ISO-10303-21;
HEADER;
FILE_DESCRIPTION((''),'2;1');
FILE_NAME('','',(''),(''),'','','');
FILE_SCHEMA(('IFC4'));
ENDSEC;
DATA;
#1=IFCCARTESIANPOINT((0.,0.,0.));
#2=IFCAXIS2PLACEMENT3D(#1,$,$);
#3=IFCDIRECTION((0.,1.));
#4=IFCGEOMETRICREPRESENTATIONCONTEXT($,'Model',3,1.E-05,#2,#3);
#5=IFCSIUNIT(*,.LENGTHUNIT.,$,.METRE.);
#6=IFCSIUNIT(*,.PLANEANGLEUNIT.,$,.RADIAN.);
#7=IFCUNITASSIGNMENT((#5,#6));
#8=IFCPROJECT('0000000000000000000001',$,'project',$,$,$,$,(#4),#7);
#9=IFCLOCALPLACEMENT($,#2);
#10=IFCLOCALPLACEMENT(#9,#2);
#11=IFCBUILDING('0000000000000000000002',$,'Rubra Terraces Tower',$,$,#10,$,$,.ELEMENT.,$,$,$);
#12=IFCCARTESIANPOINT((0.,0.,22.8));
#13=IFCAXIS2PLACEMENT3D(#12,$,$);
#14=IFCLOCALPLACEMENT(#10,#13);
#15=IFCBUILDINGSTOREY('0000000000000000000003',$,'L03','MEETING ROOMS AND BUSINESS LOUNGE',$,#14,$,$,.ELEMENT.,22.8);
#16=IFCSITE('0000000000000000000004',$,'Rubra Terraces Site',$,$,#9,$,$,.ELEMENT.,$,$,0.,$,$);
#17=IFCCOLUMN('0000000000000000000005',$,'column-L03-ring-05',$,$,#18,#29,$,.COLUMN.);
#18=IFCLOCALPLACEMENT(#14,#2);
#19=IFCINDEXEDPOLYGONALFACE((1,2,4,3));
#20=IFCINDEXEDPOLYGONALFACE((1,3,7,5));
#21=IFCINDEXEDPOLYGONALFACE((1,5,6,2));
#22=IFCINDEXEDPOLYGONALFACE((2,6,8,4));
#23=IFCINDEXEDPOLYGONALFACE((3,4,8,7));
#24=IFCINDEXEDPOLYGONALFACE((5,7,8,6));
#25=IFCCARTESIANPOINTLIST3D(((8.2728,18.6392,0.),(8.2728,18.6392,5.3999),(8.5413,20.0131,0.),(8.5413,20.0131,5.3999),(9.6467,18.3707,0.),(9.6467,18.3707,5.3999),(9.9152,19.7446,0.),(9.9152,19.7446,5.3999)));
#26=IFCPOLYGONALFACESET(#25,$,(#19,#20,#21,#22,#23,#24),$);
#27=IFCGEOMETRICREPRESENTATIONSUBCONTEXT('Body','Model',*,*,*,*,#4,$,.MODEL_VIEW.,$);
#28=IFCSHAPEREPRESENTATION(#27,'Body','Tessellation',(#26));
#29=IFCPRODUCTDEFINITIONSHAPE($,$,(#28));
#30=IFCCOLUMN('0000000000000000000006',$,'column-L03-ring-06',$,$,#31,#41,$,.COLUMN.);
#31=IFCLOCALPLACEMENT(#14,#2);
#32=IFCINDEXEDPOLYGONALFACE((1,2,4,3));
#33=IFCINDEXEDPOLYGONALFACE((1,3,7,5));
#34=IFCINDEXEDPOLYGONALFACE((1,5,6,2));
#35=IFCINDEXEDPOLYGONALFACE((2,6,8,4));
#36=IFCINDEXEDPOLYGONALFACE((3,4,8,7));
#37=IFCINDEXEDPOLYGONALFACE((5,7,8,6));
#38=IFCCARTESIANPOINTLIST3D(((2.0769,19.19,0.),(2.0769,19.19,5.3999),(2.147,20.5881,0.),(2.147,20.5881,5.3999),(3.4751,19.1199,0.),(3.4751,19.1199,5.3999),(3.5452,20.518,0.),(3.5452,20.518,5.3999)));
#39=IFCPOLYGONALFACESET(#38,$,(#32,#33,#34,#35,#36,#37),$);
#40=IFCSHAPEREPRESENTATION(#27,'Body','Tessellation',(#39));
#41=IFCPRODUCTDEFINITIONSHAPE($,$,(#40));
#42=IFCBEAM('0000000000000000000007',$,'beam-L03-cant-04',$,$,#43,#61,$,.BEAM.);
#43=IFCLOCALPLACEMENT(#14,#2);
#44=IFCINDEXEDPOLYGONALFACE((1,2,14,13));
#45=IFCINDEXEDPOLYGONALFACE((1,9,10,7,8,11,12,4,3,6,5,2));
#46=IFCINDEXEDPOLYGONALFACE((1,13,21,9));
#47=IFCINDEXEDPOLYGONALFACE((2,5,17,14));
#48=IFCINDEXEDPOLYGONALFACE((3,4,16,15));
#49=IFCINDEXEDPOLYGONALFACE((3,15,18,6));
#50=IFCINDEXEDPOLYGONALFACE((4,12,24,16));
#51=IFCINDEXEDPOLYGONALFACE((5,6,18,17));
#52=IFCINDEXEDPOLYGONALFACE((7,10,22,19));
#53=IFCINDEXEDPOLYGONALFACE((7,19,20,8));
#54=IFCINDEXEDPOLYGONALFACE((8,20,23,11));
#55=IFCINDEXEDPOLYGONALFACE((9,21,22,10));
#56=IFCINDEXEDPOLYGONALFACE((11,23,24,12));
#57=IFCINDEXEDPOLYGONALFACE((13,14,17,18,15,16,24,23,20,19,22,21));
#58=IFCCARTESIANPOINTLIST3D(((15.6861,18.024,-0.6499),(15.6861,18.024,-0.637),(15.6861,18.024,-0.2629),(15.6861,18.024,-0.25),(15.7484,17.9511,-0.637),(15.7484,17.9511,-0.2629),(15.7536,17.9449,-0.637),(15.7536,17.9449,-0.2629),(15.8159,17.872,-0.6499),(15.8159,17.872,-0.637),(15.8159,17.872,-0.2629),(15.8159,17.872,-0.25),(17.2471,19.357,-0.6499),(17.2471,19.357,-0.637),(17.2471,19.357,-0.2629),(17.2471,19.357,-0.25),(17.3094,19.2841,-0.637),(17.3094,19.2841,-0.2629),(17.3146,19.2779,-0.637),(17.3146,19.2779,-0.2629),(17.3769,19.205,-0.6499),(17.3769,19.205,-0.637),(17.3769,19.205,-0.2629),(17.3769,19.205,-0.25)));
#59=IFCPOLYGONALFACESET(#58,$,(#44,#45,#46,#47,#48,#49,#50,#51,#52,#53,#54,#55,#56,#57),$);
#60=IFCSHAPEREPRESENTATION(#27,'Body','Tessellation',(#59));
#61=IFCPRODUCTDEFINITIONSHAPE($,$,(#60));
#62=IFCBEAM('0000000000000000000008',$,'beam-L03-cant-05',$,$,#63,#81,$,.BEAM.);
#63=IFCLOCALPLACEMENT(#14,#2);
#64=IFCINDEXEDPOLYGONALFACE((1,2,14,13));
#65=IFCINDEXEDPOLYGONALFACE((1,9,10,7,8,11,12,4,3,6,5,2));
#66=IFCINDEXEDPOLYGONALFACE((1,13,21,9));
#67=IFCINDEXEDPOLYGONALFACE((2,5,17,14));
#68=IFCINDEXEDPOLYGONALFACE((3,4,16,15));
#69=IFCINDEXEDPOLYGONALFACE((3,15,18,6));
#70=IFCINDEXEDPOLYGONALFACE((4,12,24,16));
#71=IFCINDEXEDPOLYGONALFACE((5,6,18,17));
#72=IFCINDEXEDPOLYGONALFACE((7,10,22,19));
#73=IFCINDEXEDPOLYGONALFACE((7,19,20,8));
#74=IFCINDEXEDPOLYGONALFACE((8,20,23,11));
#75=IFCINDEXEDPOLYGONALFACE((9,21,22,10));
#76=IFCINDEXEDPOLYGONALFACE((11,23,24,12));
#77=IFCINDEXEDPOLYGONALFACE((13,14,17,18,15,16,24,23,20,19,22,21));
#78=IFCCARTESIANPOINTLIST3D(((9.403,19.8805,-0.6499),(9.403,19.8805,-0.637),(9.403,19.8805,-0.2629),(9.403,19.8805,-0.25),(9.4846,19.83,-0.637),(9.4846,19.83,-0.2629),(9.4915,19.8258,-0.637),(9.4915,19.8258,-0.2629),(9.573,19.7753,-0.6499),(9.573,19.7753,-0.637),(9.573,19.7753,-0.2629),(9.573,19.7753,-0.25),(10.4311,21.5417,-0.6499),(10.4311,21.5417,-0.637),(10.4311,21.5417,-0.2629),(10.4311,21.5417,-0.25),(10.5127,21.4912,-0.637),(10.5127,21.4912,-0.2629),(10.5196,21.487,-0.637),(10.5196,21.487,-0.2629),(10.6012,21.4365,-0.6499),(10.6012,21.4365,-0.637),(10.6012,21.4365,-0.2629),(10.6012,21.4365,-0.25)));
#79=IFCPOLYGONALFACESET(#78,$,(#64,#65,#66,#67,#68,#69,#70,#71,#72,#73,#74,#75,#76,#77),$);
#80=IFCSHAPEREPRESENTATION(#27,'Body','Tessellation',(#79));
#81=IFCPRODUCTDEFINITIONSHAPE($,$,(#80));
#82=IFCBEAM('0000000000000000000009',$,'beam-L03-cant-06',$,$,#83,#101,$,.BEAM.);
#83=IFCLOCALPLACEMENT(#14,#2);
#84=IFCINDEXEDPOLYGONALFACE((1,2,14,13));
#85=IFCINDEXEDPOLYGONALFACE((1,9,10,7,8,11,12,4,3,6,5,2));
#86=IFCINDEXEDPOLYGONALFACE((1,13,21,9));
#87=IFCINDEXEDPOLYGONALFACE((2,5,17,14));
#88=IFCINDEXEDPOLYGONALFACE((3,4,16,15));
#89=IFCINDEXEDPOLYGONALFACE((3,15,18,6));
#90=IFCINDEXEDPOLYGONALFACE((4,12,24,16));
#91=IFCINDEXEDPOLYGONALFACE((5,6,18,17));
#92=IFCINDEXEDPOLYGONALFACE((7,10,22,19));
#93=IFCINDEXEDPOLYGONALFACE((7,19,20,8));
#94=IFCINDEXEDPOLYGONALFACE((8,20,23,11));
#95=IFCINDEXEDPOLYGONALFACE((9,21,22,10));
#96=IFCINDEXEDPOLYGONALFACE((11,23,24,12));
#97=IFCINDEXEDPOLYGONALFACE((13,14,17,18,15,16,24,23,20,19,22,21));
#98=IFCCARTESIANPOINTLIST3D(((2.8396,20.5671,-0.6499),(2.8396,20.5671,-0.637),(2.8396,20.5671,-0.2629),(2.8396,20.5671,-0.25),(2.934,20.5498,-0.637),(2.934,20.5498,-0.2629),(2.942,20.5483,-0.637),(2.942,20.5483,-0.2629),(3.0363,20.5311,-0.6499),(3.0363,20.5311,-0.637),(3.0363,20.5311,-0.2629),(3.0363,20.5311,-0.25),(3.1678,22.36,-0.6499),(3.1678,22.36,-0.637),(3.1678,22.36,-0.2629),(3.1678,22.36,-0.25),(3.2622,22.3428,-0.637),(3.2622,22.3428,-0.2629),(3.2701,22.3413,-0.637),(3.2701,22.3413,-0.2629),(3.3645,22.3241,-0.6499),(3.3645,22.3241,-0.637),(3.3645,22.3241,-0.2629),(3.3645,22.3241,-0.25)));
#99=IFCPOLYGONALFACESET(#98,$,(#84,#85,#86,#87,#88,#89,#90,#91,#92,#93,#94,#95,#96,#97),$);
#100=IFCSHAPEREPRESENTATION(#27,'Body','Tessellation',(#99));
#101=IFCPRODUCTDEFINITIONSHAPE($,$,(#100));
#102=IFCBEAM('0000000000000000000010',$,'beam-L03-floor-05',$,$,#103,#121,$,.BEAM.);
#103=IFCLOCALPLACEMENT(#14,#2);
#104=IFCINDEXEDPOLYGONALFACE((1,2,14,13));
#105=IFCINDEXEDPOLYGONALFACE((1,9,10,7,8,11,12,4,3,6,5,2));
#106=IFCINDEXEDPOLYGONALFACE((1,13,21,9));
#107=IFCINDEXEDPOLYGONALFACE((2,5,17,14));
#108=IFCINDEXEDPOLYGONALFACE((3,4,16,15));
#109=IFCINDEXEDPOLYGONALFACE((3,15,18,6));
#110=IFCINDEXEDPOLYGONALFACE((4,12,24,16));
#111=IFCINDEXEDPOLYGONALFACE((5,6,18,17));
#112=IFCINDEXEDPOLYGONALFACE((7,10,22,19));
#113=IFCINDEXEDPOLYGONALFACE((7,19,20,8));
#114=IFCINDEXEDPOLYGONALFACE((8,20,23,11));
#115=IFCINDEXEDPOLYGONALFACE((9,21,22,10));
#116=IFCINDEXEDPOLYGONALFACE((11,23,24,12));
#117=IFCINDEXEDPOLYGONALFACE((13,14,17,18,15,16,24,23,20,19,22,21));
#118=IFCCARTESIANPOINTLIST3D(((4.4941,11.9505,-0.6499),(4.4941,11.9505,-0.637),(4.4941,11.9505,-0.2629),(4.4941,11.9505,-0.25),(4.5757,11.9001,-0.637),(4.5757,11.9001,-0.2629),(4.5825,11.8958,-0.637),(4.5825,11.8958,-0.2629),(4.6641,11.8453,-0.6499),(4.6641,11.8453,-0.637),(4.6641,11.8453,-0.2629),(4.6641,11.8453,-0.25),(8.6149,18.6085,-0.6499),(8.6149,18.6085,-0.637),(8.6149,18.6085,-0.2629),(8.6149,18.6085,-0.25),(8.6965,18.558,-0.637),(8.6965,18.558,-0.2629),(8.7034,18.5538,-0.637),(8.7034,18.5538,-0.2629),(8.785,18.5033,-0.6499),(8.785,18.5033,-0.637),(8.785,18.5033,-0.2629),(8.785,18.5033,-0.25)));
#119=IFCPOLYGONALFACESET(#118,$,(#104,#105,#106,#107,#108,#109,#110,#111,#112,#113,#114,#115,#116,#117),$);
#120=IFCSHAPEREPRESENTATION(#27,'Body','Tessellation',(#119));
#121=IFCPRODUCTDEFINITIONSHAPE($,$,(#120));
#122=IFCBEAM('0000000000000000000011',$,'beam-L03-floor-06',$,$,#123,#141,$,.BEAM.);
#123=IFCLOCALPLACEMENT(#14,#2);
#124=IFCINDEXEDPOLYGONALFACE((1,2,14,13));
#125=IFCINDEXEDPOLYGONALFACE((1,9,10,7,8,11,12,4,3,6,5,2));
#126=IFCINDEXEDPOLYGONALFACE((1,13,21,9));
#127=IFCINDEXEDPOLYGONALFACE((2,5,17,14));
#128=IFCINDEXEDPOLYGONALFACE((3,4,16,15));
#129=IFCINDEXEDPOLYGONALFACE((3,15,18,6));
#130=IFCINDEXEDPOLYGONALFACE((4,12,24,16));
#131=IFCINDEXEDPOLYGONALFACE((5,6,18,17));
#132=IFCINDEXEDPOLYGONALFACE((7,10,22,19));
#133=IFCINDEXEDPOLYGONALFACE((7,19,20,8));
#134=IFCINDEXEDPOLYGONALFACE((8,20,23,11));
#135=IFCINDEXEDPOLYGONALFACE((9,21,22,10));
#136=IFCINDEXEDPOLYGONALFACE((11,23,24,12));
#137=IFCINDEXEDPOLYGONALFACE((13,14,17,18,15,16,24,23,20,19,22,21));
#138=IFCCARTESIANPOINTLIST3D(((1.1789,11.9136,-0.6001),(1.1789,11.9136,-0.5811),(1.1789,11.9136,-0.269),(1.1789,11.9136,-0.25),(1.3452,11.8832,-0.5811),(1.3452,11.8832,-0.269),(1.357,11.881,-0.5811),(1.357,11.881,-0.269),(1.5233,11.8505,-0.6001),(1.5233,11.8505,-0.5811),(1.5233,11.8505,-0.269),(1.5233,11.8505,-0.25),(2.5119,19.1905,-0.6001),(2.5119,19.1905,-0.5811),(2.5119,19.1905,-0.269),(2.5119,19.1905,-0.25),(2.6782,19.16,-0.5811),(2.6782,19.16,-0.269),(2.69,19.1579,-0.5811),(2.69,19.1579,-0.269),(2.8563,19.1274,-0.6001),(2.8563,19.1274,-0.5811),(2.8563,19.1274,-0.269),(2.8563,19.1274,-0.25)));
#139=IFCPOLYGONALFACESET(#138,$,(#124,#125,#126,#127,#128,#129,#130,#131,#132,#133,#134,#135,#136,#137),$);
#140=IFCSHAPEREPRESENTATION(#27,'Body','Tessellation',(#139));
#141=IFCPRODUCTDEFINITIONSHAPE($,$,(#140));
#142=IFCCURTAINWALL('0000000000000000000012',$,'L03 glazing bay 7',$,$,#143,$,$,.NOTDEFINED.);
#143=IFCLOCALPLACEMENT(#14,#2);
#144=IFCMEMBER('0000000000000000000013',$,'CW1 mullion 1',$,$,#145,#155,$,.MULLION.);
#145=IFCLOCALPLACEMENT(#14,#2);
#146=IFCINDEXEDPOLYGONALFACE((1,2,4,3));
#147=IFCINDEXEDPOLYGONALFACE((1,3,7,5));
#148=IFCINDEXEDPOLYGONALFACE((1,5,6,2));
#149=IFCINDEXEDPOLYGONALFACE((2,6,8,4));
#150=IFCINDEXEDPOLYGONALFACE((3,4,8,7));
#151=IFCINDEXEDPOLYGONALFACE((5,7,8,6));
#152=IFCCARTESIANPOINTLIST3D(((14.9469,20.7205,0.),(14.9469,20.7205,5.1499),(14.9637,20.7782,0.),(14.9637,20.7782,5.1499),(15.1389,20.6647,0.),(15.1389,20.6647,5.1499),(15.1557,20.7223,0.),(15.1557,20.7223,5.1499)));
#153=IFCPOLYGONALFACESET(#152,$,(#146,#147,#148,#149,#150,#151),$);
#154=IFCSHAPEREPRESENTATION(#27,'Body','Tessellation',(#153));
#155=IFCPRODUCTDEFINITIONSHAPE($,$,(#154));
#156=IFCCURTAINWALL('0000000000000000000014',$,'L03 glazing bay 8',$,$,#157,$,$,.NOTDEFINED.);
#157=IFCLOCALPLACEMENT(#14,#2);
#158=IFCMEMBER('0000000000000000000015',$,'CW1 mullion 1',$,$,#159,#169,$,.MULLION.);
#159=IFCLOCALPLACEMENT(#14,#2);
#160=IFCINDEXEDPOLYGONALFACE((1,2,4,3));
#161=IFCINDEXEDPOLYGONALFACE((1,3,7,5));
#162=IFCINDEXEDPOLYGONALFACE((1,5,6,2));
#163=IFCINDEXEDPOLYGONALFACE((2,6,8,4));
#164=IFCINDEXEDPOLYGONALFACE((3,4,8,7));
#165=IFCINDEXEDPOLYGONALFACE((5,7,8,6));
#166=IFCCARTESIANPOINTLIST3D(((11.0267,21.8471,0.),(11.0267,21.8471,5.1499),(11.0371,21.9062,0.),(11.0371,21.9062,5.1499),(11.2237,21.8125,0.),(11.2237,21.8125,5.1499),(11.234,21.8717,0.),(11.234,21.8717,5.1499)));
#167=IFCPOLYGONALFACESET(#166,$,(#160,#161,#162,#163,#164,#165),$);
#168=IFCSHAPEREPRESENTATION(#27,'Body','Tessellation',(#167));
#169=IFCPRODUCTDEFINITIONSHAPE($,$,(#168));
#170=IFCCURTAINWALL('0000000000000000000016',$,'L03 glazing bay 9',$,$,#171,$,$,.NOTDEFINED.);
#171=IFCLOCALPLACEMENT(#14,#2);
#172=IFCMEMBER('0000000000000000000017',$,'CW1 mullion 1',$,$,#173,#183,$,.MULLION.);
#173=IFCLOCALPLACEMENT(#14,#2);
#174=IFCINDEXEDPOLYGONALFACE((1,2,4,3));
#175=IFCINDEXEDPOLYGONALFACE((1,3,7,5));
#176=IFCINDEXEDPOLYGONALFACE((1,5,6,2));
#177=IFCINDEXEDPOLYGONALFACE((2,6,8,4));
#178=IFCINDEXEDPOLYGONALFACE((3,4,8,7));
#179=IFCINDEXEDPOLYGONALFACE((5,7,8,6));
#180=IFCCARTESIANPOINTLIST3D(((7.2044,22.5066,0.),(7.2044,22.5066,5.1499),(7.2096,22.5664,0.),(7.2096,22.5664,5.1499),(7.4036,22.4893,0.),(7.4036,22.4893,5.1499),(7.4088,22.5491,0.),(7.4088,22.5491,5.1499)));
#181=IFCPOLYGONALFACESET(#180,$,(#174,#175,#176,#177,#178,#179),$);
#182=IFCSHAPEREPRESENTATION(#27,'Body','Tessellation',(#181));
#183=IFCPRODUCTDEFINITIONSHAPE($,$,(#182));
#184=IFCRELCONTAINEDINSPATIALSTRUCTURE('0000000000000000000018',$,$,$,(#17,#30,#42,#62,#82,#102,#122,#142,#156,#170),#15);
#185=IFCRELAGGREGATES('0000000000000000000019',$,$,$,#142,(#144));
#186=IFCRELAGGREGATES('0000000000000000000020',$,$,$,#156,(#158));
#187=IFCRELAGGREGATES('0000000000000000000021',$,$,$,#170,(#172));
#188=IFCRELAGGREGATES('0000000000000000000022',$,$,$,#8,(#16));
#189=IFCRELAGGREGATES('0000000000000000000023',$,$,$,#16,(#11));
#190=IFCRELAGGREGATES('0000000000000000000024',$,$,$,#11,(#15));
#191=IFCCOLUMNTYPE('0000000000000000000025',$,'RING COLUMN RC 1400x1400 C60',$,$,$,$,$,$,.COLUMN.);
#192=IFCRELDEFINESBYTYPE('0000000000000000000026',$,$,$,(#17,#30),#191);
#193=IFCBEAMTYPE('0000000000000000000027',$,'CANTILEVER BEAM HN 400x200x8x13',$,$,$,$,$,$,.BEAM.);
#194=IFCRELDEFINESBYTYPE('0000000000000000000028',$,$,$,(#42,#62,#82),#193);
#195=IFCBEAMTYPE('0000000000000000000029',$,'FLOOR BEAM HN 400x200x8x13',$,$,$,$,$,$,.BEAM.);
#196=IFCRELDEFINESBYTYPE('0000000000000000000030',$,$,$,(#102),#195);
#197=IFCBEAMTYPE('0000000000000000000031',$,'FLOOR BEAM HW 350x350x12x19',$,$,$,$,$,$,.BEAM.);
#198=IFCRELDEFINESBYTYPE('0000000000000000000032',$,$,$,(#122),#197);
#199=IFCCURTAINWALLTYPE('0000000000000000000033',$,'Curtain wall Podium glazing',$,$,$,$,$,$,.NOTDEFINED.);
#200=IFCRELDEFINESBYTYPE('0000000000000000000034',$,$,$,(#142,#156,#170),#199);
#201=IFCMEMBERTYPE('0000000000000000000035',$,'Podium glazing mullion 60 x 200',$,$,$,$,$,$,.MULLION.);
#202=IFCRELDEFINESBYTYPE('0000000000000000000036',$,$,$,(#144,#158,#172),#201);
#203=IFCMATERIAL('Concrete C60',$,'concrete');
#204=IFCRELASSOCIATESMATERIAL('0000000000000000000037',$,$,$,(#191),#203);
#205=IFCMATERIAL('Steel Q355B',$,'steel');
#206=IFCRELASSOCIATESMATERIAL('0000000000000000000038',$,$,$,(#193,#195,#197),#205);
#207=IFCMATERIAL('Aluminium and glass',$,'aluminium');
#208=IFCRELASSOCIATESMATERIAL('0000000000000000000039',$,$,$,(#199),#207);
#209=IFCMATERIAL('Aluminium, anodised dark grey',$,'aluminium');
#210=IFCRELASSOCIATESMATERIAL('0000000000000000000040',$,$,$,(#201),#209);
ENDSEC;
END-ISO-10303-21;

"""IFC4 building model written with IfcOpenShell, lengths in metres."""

from ifc_helpers import new_model, si_unit, direction, frame, origin, origin_2d, place, context, subcontext, project, spatial, rectangle, i_section, extrude, material, material_profile, profile_set, type_object, element, aggregate, save


model = new_model("IFC4")

# Units and contexts
model_context = context("Model", 3, precision=1e-05, world=origin(), true_north=direction((0.0, 1.0)))
body_context = subcontext(model_context, "Body", "Model", "MODEL_VIEW")
ifc_project = project(units=[si_unit("LENGTHUNIT", "METRE"), si_unit("PLANEANGLEUNIT", "RADIAN")], contexts=[model_context])

# Site, building, storey
site_placement = place(None, origin())
site = spatial("IfcSite", under=ifc_project, at=site_placement, Name="Rubra Terraces Site", CompositionType="ELEMENT", RefElevation=0.0)
building_placement = place(site_placement, origin())
building = spatial("IfcBuilding", under=site, at=building_placement, Name="Rubra Terraces Tower", CompositionType="ELEMENT")
storey_placement = place(building_placement, frame((0.0, 0.0, 22.8)))
storey = spatial("IfcBuildingStorey", under=building, at=storey_placement, Name="L03", Description="MEETING ROOMS AND BUSINESS LOUNGE", CompositionType="ELEMENT", Elevation=22.8)

# Columns
ifc_material_1 = material(Name="Concrete C60", Category="concrete")
ifc_material_profile_1 = material_profile(ifc_material_1, rectangle(XDim=1.3999, YDim=1.3999, at=origin_2d()), Name="RC 1400x1400")
ifc_profile_set_1 = profile_set([ifc_material_profile_1], Name="Concrete C60")
column_type = type_object("IfcColumnType", Name="RING COLUMN RC 1400x1400 C60", PredefinedType="COLUMN", material=ifc_profile_set_1)
for number, where, z_axis, x_axis, name in (
    (1, (9.094, 19.1919, 0.0), (0.0, 0.0, 1.0), (-0.98143, 0.191819, 0.0), "column-L03-ring-05"),
    (2, (2.811, 19.854, 0.0), (0.0, 0.0, 1.0), (-0.998745, 0.050084, 0.0), "column-L03-ring-06"),
):
    element("IfcColumn", number, at=place(storey_placement, frame(where, z_axis=z_axis, x_axis=x_axis)), inside=storey, type_object=column_type, Name=name, PredefinedType="COLUMN", context=body_context, shape_type="SweptSolid", body=[
        extrude(rectangle(XDim=1.3999, YDim=1.3999, at=origin_2d()), origin(), (0.0, 0.0, 1.0), 5.3999),
    ])

# Beams
ifc_material_2 = material(Name="Steel Q355B", Category="steel")
ifc_material_profile_2 = material_profile(ifc_material_2, i_section(OverallWidth=0.2, OverallDepth=0.3999, WebThickness=0.0081, FlangeThickness=0.0129, at=origin_2d()), Name="HN 400x200x8x13")
ifc_profile_set_2 = profile_set([ifc_material_profile_2], Name="Steel Q355B")
beam_type_1 = type_object("IfcBeamType", Name="CANTILEVER BEAM HN 400x200x8x13", PredefinedType="BEAM", material=ifc_profile_set_2)
beam_1_placement = place(storey_placement, frame((15.751, 17.948, -0.45), z_axis=(0.760464, 0.64938, 0.0), x_axis=(-0.64938, 0.760464, 0.0)))
element("IfcBeam", 3, at=beam_1_placement, inside=storey, type_object=beam_type_1, Name="beam-L03-cant-04", PredefinedType="BEAM", context=body_context, shape_type="SweptSolid", body=[
    extrude(i_section(OverallWidth=0.2, OverallDepth=0.3999, WebThickness=0.0081, FlangeThickness=0.0129, at=origin_2d()), origin(), (0.0, 0.0, 1.0), 2.0527),
])
beam_2_placement = place(storey_placement, frame((9.488, 19.8279, -0.45), z_axis=(0.526264, 0.850321, 0.0), x_axis=(-0.850321, 0.526264, 0.0)))
element("IfcBeam", 4, at=beam_2_placement, inside=storey, type_object=beam_type_1, Name="beam-L03-cant-05", PredefinedType="BEAM", context=body_context, shape_type="SweptSolid", body=[
    extrude(i_section(OverallWidth=0.2, OverallDepth=0.3999, WebThickness=0.0081, FlangeThickness=0.0129, at=origin_2d()), origin(), (0.0, 0.0, 1.0), 1.9536),
])
beam_3_placement = place(storey_placement, frame((2.938, 20.5491, -0.45), z_axis=(0.180017, 0.983664, 0.0), x_axis=(-0.983664, 0.180017, 0.0)))
element("IfcBeam", 5, at=beam_3_placement, inside=storey, type_object=beam_type_1, Name="beam-L03-cant-06", PredefinedType="BEAM", context=body_context, shape_type="SweptSolid", body=[
    extrude(i_section(OverallWidth=0.2, OverallDepth=0.3999, WebThickness=0.0081, FlangeThickness=0.0129, at=origin_2d()), origin(), (0.0, 0.0, 1.0), 1.8228),
])
ifc_material_profile_3 = material_profile(ifc_material_2, i_section(OverallWidth=0.2, OverallDepth=0.3999, WebThickness=0.0081, FlangeThickness=0.0129, at=origin_2d()), Name="HN 400x200x8x13")
ifc_profile_set_3 = profile_set([ifc_material_profile_3], Name="Steel Q355B")
beam_type_2 = type_object("IfcBeamType", Name="FLOOR BEAM HN 400x200x8x13", PredefinedType="BEAM", material=ifc_profile_set_3)
beam_4_placement = place(storey_placement, frame((8.7, 18.5559, -0.45), z_axis=(-0.526286, -0.850308, 0.0), x_axis=(0.850308, -0.526286, 0.0)))
element("IfcBeam", 6, at=beam_4_placement, inside=storey, type_object=beam_type_2, Name="beam-L03-floor-05", PredefinedType="BEAM", context=body_context, shape_type="SweptSolid", body=[
    extrude(i_section(OverallWidth=0.2, OverallDepth=0.3999, WebThickness=0.0081, FlangeThickness=0.0129, at=origin_2d()), origin(), (0.0, 0.0, 1.0), 7.8301),
])
ifc_material_profile_4 = material_profile(ifc_material_2, i_section(OverallWidth=0.3501, OverallDepth=0.3501, WebThickness=0.012, FlangeThickness=0.019, at=origin_2d()), Name="HW 350x350x12x19")
ifc_profile_set_4 = profile_set([ifc_material_profile_4], Name="Steel Q355B")
beam_type_3 = type_object("IfcBeamType", Name="FLOOR BEAM HW 350x350x12x19", PredefinedType="BEAM", material=ifc_profile_set_4)
beam_5_placement = place(storey_placement, frame((2.6841, 19.1589, -0.425), z_axis=(-0.180186, -0.983632, 0.0), x_axis=(0.983632, -0.180186, 0.0)))
element("IfcBeam", 7, at=beam_5_placement, inside=storey, type_object=beam_type_3, Name="beam-L03-floor-06", PredefinedType="BEAM", context=body_context, shape_type="SweptSolid", body=[
    extrude(i_section(OverallWidth=0.3501, OverallDepth=0.3501, WebThickness=0.012, FlangeThickness=0.019, at=origin_2d()), origin(), (0.0, 0.0, 1.0), 7.3979),
])

# Curtain walls, members
ifc_material_3 = material(Name="Aluminium and glass", Category="aluminium")
curtain_wall_type = type_object("IfcCurtainWallType", Name="Curtain wall Podium glazing", PredefinedType="NOTDEFINED", material=ifc_material_3)
curtain_wall_1_placement = place(storey_placement, origin())
curtain_wall_1 = element("IfcCurtainWall", 8, at=curtain_wall_1_placement, inside=storey, type_object=curtain_wall_type, Name="L03 glazing bay 7", PredefinedType="NOTDEFINED")
ifc_material_4 = material(Name="Aluminium, anodised dark grey", Category="aluminium")
ifc_material_profile_5 = material_profile(ifc_material_4, rectangle(XDim=0.0601, YDim=0.2, at=origin_2d()), Name="AL 60x200")
ifc_profile_set_5 = profile_set([ifc_material_profile_5], Name="Aluminium, anodised dark grey")
member_type_1 = type_object("IfcMemberType", Name="Podium glazing mullion 60 x 200", PredefinedType="MULLION", material=ifc_profile_set_5)
member_1_placement = place(storey_placement, frame((15.0513, 20.7214, 0.0), z_axis=(0.0, 0.0, 1.0), x_axis=(-0.279399, -0.960175, 0.0)))
member_1 = element("IfcMember", 9, at=member_1_placement, type_object=member_type_1, Name="CW1 mullion 1", PredefinedType="MULLION", context=body_context, shape_type="SweptSolid", body=[
    extrude(rectangle(XDim=0.0601, YDim=0.2, at=origin_2d()), origin(), (0.0, 0.0, 1.0), 5.1499),
])
curtain_wall_2_placement = place(storey_placement, origin())
curtain_wall_2 = element("IfcCurtainWall", 10, at=curtain_wall_2_placement, inside=storey, type_object=curtain_wall_type, Name="L03 glazing bay 8", PredefinedType="NOTDEFINED")
member_2_placement = place(storey_placement, frame((11.1304, 21.8594, 0.0), z_axis=(0.0, 0.0, 1.0), x_axis=(-0.172817, -0.984954, 0.0)))
member_2 = element("IfcMember", 11, at=member_2_placement, type_object=member_type_1, Name="CW1 mullion 1", PredefinedType="MULLION", context=body_context, shape_type="SweptSolid", body=[
    extrude(rectangle(XDim=0.0601, YDim=0.2, at=origin_2d()), origin(), (0.0, 0.0, 1.0), 5.1499),
])
curtain_wall_3_placement = place(storey_placement, origin())
curtain_wall_3 = element("IfcCurtainWall", 12, at=curtain_wall_3_placement, inside=storey, type_object=curtain_wall_type, Name="L03 glazing bay 9", PredefinedType="NOTDEFINED")
member_3_placement = place(storey_placement, frame((7.3066, 22.5278, 0.0), z_axis=(0.0, 0.0, 1.0), x_axis=(-0.086398, -0.996261, 0.0)))
member_3 = element("IfcMember", 13, at=member_3_placement, type_object=member_type_1, Name="CW1 mullion 1", PredefinedType="MULLION", context=body_context, shape_type="SweptSolid", body=[
    extrude(rectangle(XDim=0.0601, YDim=0.2, at=origin_2d()), origin(), (0.0, 0.0, 1.0), 5.1499),
])

aggregate(curtain_wall_1, [member_1])
aggregate(curtain_wall_2, [member_2])
aggregate(curtain_wall_3, [member_3])

save(model, "model.ifc")
